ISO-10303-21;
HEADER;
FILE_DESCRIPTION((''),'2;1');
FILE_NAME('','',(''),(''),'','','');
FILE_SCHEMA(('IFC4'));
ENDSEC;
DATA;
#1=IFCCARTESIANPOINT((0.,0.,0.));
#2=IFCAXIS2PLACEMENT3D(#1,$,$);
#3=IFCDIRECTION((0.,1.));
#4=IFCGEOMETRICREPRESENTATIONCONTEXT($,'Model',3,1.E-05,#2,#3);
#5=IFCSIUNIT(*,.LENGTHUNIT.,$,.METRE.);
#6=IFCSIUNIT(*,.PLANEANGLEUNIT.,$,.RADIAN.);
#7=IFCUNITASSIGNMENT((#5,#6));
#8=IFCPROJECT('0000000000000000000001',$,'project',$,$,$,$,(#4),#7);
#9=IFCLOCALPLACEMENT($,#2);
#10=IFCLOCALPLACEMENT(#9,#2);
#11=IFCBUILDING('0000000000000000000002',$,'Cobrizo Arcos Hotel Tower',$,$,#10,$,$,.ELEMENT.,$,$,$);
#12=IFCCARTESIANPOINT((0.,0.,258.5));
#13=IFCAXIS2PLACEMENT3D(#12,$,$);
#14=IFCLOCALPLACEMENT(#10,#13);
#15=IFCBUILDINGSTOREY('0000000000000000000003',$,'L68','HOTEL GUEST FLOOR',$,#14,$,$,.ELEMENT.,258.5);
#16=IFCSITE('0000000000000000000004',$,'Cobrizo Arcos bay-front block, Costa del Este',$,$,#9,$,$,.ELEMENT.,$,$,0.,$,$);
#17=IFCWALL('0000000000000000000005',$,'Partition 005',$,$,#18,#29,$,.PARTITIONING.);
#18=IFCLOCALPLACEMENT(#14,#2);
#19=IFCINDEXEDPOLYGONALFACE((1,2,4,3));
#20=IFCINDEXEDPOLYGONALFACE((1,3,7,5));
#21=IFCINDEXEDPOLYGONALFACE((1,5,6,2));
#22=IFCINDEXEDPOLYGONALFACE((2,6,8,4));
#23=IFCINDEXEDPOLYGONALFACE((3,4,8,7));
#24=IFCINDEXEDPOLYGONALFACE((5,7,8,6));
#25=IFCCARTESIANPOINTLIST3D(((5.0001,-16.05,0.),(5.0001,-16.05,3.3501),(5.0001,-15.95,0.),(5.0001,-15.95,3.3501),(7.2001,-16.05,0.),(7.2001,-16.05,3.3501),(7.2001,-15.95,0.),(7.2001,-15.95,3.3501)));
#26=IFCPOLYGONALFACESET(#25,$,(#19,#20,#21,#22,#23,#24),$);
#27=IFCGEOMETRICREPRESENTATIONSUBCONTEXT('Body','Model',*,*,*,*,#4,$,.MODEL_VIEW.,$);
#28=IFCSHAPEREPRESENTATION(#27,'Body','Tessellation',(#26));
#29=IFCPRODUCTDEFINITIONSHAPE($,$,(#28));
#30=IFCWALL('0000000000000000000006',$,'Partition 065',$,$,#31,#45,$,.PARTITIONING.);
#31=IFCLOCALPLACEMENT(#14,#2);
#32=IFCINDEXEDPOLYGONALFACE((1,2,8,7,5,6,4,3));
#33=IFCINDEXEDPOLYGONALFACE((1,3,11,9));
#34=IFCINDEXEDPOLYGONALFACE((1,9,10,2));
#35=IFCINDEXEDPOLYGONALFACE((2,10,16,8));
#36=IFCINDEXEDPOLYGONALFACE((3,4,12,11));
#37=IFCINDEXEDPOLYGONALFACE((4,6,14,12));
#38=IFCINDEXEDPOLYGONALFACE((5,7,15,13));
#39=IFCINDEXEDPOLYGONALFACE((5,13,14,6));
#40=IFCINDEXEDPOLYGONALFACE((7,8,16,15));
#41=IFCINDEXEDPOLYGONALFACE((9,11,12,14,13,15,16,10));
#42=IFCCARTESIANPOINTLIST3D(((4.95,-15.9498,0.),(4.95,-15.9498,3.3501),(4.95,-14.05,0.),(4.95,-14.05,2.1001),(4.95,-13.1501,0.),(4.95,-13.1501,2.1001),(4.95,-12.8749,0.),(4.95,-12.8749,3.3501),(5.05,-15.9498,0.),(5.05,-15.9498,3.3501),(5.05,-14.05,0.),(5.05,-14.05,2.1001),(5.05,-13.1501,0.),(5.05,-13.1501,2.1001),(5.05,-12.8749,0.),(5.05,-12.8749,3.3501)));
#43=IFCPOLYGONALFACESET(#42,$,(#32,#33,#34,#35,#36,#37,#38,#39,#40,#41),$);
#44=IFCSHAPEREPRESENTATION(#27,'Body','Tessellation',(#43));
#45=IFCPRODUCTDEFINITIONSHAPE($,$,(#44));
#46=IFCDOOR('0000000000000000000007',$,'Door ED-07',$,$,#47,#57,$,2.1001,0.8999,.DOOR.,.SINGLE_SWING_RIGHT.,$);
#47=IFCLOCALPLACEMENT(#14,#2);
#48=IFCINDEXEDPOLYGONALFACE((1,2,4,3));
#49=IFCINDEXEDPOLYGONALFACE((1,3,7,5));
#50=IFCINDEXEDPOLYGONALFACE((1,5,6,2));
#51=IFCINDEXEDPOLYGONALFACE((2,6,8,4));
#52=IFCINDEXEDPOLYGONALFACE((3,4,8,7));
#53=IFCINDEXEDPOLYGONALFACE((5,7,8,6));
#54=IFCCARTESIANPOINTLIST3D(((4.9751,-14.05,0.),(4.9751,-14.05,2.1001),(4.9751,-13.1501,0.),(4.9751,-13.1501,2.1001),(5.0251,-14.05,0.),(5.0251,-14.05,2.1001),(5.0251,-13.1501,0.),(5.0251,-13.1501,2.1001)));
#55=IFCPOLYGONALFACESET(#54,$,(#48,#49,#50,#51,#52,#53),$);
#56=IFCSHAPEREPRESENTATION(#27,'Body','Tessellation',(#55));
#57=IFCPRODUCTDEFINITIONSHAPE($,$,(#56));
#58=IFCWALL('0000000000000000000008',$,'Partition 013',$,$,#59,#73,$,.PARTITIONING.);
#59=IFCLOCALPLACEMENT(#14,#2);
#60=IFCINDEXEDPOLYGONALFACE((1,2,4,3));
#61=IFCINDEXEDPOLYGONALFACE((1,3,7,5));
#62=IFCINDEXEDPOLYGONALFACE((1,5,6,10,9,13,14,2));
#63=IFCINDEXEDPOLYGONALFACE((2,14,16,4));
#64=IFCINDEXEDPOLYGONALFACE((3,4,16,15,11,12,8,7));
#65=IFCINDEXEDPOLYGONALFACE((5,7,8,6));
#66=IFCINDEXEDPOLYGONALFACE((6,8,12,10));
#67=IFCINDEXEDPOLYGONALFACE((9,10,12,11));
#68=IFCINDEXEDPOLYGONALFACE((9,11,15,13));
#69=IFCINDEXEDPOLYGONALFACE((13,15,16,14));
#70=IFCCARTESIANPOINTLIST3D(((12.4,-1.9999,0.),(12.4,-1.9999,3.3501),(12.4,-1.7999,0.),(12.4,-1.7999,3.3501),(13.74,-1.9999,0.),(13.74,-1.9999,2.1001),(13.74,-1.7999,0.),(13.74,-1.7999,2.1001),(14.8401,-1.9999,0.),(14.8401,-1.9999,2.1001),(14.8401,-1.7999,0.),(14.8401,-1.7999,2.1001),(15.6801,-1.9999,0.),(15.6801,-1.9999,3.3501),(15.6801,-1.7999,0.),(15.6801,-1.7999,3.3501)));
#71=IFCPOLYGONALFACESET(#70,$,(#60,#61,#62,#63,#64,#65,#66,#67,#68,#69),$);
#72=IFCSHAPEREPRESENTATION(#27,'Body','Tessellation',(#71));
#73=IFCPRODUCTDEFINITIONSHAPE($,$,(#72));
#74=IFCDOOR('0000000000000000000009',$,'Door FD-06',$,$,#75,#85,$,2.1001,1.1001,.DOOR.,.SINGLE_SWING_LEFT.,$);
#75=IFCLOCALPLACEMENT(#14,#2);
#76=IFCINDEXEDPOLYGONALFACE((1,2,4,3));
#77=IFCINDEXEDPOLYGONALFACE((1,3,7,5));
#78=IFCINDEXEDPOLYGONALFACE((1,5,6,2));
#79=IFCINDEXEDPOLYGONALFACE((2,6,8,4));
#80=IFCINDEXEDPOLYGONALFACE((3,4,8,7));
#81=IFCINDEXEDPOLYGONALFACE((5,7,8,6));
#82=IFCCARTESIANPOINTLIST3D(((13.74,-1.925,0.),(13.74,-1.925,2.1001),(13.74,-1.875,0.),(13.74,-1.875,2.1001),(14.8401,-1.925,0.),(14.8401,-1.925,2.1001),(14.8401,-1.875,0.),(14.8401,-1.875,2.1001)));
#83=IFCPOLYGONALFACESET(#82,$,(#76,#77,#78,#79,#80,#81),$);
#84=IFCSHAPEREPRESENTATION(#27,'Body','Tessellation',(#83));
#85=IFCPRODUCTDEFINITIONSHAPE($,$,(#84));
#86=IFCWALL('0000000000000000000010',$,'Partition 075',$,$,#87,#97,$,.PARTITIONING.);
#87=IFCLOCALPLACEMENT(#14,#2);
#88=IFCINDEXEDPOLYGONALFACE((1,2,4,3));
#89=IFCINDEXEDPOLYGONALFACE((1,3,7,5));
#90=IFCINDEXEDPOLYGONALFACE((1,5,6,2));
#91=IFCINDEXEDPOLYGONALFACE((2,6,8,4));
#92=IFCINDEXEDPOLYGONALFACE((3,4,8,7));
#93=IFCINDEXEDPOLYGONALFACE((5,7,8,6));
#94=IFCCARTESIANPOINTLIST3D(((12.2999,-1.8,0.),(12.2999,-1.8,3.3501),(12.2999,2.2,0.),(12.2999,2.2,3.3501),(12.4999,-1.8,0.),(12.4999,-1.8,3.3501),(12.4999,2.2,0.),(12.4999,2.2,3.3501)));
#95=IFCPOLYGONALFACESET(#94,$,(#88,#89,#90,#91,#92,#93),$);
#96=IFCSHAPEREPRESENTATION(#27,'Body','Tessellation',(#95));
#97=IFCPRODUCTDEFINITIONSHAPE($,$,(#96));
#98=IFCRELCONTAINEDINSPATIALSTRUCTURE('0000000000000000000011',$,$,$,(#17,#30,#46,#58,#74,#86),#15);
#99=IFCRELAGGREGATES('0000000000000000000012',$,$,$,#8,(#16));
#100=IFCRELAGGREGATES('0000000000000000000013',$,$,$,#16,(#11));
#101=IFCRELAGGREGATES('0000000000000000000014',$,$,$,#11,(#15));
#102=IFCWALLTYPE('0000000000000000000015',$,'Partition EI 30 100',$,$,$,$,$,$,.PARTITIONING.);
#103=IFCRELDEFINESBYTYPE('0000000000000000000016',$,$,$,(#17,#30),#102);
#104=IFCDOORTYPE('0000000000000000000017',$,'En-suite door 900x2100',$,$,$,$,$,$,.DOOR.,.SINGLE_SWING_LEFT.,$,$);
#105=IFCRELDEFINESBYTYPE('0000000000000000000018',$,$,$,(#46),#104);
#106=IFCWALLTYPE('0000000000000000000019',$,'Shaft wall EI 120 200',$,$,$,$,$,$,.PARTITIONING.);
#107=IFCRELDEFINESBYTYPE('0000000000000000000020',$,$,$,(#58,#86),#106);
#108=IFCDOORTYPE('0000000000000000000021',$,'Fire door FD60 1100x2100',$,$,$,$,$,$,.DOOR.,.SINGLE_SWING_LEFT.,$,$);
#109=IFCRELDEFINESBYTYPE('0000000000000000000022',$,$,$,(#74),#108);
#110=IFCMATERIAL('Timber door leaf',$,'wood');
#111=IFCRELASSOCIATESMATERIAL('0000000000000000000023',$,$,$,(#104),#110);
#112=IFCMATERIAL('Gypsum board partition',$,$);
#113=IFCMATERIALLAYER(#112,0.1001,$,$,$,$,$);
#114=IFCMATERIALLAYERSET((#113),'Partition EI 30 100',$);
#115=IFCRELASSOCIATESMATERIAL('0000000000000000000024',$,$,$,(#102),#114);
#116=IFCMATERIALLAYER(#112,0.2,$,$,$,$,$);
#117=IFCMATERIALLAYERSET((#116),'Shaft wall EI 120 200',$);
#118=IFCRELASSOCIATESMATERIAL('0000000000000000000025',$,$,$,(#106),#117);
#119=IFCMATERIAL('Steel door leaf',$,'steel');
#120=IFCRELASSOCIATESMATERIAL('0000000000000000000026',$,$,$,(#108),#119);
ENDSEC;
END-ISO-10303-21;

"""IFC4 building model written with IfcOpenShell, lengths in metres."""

from ifc_helpers import new_model, si_unit, direction, frame, frame_2d, origin, place, context, subcontext, project, spatial, rectangle, extrude, material, layer, layer_set, type_object, element, fill, save


model = new_model("IFC4")

# Units and contexts
model_context = context("Model", 3, precision=1e-05, world=origin(), true_north=direction((0.0, 1.0)))
body_context = subcontext(model_context, "Body", "Model", "MODEL_VIEW")
ifc_project = project(units=[si_unit("LENGTHUNIT", "METRE"), si_unit("PLANEANGLEUNIT", "RADIAN")], contexts=[model_context])

# Site, building, storey
site_placement = place(None, origin())
site = spatial("IfcSite", under=ifc_project, at=site_placement, Name="Cobrizo Arcos bay-front block, Costa del Este", CompositionType="ELEMENT", RefElevation=0.0)
building_placement = place(site_placement, origin())
building = spatial("IfcBuilding", under=site, at=building_placement, Name="Cobrizo Arcos Hotel Tower", CompositionType="ELEMENT")
storey_placement = place(building_placement, frame((0.0, 0.0, 258.5)))
storey = spatial("IfcBuildingStorey", under=building, at=storey_placement, Name="L68", Description="HOTEL GUEST FLOOR", CompositionType="ELEMENT", Elevation=258.5)

# Shared definitions
ifc_material_1 = material(Name="Gypsum board partition")

# Shared definitions
ifc_material_2 = material(Name="Timber door leaf", Category="wood")
door_type_1 = type_object("IfcDoorType", Name="En-suite door 900x2100", OperationType="SINGLE_SWING_LEFT", PredefinedType="DOOR", material=ifc_material_2)

# Shared definitions
ifc_layer_1 = layer(ifc_material_1, 0.1001)
ifc_layer_set_1 = layer_set([ifc_layer_1], Name="Partition EI 30 100")
wall_type_1 = type_object("IfcWallType", Name="Partition EI 30 100", PredefinedType="PARTITIONING", material=ifc_layer_set_1)

# Wall
wall_1_placement = place(storey_placement, frame((5.0, -16.0, 0.0), z_axis=(0.0, 0.0, 1.0), x_axis=(1.0, 0.0, 0.0)))
element("IfcWall", 1, at=wall_1_placement, inside=storey, type_object=wall_type_1, Name="Partition 005", PredefinedType="PARTITIONING", context=body_context, shape_type="SweptSolid", body=[
    extrude(rectangle(XDim=2.2, YDim=0.1001, at=frame_2d((1.1001, 0.0))), origin(), (0.0, 0.0, 1.0), 3.3501),
])

# Walls, openings, doors
wall_2_placement = place(storey_placement, frame((5.0, -15.95, 0.0), z_axis=(0.0, 0.0, 1.0), x_axis=(0.0, 1.0, 0.0)))
wall_2 = element("IfcWall", 2, at=wall_2_placement, inside=storey, type_object=wall_type_1, Name="Partition 065", PredefinedType="PARTITIONING", context=body_context, shape_type="SweptSolid", body=[
    extrude(rectangle(XDim=3.075, YDim=0.1001, at=frame_2d((1.5376, 0.0))), origin(), (0.0, 0.0, 1.0), 3.3501),
])
opening_1_placement = place(wall_2_placement, frame((1.8999, 0.0, 0.0)))
opening_1 = element("IfcOpeningElement", 3, at=opening_1_placement, cuts=wall_2, PredefinedType="OPENING", context=body_context, shape_type="SweptSolid", body=[
    extrude(rectangle(XDim=0.8999, YDim=2.1001, at=frame_2d((0.45, 1.05))), frame((0.0, 0.062, 0.0), z_axis=(0.0, -1.0, 0.0), x_axis=(1.0, 0.0, 0.0)), (0.0, 0.0, 1.0), 0.124),
])
door_1_placement = place(opening_1_placement, origin())
door_1 = element("IfcDoor", 4, at=door_1_placement, inside=storey, type_object=door_type_1, Name="Door ED-07", OperationType="SINGLE_SWING_RIGHT", OverallHeight=2.1001, OverallWidth=0.8999, PredefinedType="DOOR", context=body_context, shape_type="SweptSolid", body=[
    extrude(rectangle(XDim=0.8999, YDim=2.1001, at=frame_2d((0.45, 1.05))), frame((0.0, 0.0249, 0.0), z_axis=(0.0, -1.0, 0.0), x_axis=(1.0, 0.0, 0.0)), (0.0, 0.0, 1.0), 0.05),
])
fill(opening_1, door_1)
ifc_layer_2 = layer(ifc_material_1, 0.2)
ifc_layer_set_2 = layer_set([ifc_layer_2], Name="Shaft wall EI 120 200")
wall_type_2 = type_object("IfcWallType", Name="Shaft wall EI 120 200", PredefinedType="PARTITIONING", material=ifc_layer_set_2)
wall_3_placement = place(storey_placement, frame((12.3999, -1.8999, 0.0), z_axis=(0.0, 0.0, 1.0), x_axis=(1.0, 0.0, 0.0)))
wall_3 = element("IfcWall", 5, at=wall_3_placement, inside=storey, type_object=wall_type_2, Name="Partition 013", PredefinedType="PARTITIONING", context=body_context, shape_type="SweptSolid", body=[
    extrude(rectangle(XDim=3.28, YDim=0.2, at=frame_2d((1.6401, 0.0))), origin(), (0.0, 0.0, 1.0), 3.3501),
])
opening_2_placement = place(wall_3_placement, frame((1.3401, 0.0, 0.0)))
opening_2 = element("IfcOpeningElement", 6, at=opening_2_placement, cuts=wall_3, PredefinedType="OPENING", context=body_context, shape_type="SweptSolid", body=[
    extrude(rectangle(XDim=1.1001, YDim=2.1001, at=frame_2d((0.55, 1.05))), frame((0.0, 0.1121, 0.0), z_axis=(0.0, -1.0, 0.0), x_axis=(1.0, 0.0, 0.0)), (0.0, 0.0, 1.0), 0.2239),
])
ifc_material_3 = material(Name="Steel door leaf", Category="steel")
door_type_2 = type_object("IfcDoorType", Name="Fire door FD60 1100x2100", OperationType="SINGLE_SWING_LEFT", PredefinedType="DOOR", material=ifc_material_3)
door_2_placement = place(opening_2_placement, origin())
door_2 = element("IfcDoor", 7, at=door_2_placement, inside=storey, type_object=door_type_2, Name="Door FD-06", OperationType="SINGLE_SWING_LEFT", OverallHeight=2.1001, OverallWidth=1.1001, PredefinedType="DOOR", context=body_context, shape_type="SweptSolid", body=[
    extrude(rectangle(XDim=1.1001, YDim=2.1001, at=frame_2d((0.55, 1.05))), frame((0.0, 0.0249, 0.0), z_axis=(0.0, -1.0, 0.0), x_axis=(1.0, 0.0, 0.0)), (0.0, 0.0, 1.0), 0.05),
])
fill(opening_2, door_2)

# Wall
wall_4_placement = place(storey_placement, frame((12.3999, -1.8, 0.0), z_axis=(0.0, 0.0, 1.0), x_axis=(0.0, 1.0, 0.0)))
element("IfcWall", 8, at=wall_4_placement, inside=storey, type_object=wall_type_2, Name="Partition 075", PredefinedType="PARTITIONING", context=body_context, shape_type="SweptSolid", body=[
    extrude(rectangle(XDim=4.0, YDim=0.2, at=frame_2d((2.0, 0.0))), origin(), (0.0, 0.0, 1.0), 3.3501),
])

save(model, "model.ifc")
